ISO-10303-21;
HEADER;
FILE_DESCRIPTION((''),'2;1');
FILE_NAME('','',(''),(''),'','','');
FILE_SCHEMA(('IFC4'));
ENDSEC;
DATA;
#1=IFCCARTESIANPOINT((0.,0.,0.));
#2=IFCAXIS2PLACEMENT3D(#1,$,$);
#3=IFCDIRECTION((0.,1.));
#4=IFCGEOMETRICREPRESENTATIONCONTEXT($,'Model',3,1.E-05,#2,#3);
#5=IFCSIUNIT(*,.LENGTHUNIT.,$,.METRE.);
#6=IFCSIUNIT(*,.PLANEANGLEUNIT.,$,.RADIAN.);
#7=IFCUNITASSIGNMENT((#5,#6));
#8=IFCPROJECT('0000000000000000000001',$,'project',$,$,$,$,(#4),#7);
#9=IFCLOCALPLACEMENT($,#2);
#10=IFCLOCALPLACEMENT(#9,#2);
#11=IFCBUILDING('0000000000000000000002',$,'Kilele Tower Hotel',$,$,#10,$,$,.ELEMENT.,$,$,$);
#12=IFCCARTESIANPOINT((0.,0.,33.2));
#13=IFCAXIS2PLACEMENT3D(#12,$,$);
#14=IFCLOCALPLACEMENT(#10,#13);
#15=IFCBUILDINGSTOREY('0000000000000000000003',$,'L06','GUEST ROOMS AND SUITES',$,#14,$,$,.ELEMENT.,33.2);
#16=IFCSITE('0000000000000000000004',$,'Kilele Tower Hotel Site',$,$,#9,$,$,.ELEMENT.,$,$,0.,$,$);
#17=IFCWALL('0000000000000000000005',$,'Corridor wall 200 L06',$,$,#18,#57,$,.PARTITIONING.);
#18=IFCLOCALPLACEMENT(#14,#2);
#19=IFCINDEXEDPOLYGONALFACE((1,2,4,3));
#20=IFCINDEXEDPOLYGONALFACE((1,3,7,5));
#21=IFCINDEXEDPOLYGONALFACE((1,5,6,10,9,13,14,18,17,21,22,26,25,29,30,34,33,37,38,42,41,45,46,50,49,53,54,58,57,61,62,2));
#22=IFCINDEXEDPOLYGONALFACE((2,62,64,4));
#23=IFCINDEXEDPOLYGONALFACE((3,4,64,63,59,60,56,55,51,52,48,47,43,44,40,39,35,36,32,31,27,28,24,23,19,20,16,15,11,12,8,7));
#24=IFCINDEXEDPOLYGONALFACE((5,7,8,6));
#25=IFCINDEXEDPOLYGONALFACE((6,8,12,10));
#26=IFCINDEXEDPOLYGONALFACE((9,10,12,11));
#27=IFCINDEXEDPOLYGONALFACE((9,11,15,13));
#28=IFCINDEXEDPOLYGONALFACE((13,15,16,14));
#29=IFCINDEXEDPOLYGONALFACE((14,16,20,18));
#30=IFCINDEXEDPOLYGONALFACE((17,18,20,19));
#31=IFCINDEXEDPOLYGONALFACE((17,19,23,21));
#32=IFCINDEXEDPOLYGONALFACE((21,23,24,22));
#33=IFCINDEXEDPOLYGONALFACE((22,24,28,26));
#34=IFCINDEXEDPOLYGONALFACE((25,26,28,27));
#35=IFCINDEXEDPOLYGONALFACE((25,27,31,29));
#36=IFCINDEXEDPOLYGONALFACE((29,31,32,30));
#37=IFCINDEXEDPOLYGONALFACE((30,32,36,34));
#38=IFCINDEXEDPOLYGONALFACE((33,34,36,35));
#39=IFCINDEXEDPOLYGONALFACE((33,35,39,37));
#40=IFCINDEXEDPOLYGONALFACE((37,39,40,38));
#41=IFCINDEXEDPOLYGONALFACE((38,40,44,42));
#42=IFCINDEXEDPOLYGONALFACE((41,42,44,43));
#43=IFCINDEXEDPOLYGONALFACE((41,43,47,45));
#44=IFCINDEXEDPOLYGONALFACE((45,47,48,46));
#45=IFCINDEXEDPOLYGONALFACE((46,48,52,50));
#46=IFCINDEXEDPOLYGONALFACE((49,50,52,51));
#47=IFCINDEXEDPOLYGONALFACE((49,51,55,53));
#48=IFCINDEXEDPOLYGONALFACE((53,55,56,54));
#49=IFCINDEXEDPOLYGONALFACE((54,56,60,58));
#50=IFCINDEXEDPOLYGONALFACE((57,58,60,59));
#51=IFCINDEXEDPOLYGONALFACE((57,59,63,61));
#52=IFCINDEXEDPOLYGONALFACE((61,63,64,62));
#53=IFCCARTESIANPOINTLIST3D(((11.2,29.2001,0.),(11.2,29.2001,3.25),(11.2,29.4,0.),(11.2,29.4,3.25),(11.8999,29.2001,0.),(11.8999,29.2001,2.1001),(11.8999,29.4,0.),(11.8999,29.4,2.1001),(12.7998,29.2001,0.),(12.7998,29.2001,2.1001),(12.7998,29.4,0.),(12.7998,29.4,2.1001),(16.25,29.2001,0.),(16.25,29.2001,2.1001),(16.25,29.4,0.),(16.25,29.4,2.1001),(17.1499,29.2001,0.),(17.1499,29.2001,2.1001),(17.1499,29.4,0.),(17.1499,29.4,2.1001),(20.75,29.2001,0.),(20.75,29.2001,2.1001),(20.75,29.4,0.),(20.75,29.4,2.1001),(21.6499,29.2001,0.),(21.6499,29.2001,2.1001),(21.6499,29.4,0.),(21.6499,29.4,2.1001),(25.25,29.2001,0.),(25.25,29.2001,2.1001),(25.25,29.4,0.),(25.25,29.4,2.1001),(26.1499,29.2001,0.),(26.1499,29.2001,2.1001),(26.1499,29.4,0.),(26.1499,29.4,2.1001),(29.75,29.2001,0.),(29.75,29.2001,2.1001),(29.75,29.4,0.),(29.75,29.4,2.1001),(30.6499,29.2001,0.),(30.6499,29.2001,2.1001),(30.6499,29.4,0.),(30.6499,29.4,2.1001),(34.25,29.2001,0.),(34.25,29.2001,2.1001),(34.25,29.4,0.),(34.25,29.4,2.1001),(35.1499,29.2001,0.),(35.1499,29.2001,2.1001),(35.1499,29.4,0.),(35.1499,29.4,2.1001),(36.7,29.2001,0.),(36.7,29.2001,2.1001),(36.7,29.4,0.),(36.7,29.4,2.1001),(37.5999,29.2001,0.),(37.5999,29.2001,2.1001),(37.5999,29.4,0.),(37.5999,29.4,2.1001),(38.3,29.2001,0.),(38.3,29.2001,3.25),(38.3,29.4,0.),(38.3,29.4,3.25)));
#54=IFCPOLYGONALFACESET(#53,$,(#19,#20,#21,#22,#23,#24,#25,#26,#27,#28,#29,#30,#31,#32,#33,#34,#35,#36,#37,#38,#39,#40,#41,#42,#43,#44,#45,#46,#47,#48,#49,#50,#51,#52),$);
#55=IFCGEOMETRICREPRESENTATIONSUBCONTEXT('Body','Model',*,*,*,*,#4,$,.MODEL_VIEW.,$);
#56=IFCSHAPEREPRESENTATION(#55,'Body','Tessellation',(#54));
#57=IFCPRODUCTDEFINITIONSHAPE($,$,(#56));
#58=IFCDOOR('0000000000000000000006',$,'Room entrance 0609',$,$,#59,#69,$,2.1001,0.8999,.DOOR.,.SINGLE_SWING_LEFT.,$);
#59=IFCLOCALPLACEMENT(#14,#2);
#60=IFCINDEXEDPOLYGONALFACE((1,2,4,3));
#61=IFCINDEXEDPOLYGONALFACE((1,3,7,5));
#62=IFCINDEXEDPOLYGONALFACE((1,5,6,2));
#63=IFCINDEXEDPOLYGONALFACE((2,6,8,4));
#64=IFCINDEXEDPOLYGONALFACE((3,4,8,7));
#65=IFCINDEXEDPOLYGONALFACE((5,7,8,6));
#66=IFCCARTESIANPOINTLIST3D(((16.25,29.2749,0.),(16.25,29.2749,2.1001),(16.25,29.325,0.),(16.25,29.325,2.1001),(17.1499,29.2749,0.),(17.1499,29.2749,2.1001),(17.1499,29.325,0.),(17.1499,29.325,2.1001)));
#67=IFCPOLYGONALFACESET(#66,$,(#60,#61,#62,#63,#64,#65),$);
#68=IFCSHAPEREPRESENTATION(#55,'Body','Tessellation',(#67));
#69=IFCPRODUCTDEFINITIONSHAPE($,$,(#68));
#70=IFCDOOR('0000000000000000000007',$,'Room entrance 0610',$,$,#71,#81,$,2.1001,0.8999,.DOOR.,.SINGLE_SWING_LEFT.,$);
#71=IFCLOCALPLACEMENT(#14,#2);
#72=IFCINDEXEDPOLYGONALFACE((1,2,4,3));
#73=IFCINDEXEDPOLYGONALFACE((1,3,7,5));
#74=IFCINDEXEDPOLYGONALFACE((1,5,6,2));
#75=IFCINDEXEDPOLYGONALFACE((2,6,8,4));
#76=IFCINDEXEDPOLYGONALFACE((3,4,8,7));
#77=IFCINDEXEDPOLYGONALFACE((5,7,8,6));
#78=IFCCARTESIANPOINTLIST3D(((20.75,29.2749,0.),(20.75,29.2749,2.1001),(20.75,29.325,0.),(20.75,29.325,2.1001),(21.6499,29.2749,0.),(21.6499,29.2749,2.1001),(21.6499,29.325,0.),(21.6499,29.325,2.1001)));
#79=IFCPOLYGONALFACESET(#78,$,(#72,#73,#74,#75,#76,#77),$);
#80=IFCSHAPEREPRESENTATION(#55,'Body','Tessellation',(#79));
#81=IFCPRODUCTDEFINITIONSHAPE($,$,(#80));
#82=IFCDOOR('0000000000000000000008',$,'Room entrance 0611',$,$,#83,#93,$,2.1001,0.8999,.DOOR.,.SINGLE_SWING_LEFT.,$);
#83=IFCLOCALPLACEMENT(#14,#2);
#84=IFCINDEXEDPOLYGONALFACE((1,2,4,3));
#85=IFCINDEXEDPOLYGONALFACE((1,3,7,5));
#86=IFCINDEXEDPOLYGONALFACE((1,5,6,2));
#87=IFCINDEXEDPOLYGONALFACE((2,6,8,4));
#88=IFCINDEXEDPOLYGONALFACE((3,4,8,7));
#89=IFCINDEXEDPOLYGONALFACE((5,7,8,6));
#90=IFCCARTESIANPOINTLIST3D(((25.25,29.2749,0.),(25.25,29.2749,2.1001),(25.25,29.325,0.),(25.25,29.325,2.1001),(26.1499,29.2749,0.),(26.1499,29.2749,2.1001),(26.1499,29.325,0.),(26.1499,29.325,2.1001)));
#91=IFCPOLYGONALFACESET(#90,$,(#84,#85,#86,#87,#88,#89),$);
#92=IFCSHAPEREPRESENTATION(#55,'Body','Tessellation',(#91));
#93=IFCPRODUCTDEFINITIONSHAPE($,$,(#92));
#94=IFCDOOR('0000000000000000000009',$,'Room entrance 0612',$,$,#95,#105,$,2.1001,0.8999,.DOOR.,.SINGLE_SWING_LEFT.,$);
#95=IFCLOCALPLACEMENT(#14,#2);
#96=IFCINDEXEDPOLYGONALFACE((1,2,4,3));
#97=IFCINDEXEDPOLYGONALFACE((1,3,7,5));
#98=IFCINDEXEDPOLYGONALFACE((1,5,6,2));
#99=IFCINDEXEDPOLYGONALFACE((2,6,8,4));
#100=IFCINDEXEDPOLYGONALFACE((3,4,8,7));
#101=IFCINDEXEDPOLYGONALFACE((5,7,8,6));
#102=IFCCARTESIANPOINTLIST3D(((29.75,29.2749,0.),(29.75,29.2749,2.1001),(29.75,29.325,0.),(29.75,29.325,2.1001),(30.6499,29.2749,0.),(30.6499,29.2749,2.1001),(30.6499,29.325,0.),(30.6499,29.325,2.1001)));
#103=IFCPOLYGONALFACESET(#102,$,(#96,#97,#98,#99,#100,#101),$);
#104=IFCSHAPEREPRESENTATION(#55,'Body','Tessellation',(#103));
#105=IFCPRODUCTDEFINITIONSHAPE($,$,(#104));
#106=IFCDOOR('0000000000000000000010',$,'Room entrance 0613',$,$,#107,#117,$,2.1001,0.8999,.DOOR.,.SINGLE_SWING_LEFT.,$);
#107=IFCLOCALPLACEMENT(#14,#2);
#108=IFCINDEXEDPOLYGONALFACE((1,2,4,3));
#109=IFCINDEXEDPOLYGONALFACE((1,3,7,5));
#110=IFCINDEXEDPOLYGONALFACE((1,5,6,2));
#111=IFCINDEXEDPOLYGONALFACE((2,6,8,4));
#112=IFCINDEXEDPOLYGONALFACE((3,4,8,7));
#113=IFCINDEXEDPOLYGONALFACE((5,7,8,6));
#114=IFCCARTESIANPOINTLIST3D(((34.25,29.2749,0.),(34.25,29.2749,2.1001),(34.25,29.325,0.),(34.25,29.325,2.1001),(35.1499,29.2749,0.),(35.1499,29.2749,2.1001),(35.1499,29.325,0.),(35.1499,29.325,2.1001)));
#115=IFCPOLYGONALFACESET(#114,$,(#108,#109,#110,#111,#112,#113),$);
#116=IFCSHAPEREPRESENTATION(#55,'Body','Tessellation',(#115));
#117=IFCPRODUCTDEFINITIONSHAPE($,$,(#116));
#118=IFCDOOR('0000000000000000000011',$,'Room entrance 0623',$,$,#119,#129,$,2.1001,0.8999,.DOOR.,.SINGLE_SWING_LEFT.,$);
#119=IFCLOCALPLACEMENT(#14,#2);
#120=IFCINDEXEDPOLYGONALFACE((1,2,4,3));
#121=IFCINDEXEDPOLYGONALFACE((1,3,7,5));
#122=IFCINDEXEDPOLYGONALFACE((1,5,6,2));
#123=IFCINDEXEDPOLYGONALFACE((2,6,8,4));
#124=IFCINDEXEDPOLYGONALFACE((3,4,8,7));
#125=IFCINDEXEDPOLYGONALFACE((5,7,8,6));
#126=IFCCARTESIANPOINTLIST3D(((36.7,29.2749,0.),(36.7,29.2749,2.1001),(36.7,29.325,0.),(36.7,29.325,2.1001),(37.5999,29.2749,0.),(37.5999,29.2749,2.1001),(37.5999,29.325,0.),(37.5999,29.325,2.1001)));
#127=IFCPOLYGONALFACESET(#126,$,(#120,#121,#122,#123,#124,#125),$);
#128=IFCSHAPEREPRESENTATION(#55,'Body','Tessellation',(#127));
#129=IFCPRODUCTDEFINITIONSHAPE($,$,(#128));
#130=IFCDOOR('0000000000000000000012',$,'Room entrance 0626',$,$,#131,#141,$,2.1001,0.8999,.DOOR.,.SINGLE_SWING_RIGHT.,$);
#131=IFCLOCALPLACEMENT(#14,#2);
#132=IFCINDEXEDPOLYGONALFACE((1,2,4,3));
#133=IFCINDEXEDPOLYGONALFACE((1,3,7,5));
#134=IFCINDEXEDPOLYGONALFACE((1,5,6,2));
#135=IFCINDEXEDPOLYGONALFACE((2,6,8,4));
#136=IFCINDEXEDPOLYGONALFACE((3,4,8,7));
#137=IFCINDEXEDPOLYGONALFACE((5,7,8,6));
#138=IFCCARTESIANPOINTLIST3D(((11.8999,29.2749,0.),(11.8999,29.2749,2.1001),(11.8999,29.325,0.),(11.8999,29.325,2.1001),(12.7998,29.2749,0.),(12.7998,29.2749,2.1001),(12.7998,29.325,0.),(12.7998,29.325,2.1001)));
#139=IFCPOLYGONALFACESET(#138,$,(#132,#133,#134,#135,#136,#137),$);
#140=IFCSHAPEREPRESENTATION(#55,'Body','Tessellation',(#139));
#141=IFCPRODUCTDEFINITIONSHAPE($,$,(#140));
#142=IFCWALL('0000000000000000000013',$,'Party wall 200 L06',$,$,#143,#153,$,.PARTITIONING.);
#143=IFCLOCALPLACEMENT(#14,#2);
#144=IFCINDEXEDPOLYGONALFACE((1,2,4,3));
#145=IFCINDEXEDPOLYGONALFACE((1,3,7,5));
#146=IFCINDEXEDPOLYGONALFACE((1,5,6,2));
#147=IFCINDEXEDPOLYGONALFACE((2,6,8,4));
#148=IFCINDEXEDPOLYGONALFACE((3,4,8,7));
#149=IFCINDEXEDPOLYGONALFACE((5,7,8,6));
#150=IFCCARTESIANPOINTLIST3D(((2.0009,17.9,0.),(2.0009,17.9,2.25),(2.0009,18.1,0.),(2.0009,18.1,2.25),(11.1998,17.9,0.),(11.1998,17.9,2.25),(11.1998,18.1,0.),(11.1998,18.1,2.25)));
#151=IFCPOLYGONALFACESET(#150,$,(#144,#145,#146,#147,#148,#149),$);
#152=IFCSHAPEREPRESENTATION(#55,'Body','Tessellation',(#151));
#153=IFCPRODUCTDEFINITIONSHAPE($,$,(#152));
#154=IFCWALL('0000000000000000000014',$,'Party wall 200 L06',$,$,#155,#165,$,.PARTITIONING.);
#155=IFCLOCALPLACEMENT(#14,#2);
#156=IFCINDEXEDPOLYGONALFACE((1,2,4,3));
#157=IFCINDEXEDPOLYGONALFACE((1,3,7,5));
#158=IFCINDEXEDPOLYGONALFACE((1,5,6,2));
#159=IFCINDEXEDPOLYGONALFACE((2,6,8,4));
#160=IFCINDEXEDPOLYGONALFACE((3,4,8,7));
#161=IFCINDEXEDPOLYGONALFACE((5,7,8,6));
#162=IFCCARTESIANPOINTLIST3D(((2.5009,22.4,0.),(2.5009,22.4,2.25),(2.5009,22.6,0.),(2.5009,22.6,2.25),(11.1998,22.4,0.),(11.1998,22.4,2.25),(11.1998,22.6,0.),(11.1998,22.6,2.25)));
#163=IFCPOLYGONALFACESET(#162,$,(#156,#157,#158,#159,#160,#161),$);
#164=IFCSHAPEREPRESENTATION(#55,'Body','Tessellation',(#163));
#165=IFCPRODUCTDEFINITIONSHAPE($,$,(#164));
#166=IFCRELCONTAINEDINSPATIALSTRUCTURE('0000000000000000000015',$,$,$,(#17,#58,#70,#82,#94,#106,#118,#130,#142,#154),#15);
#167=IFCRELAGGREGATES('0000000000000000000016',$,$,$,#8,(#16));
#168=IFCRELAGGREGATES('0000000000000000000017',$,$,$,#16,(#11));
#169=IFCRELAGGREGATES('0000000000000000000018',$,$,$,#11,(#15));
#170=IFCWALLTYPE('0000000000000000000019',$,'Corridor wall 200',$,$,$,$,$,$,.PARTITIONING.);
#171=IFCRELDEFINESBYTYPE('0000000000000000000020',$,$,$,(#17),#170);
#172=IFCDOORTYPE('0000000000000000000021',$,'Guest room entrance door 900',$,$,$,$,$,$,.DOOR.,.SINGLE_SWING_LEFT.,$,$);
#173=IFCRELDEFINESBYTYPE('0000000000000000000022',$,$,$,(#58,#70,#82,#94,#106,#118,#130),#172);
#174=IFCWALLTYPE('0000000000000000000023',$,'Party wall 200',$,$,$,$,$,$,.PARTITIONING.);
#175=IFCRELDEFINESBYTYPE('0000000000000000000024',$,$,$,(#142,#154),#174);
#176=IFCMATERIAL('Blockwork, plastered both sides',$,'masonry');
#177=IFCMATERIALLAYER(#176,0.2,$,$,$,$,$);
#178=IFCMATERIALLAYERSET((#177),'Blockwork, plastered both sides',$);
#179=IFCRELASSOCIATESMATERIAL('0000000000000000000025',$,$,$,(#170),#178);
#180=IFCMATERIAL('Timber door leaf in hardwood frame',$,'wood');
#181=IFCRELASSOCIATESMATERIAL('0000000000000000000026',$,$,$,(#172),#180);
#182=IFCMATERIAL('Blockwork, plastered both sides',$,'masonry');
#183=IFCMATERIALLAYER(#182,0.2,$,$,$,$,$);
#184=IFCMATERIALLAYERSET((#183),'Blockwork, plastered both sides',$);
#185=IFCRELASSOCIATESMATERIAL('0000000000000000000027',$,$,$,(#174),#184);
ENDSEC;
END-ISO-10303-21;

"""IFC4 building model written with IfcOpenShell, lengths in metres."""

from ifc_helpers import new_model, si_unit, direction, frame, frame_2d, origin, place, context, subcontext, project, spatial, rectangle, extrude, material, layer, layer_set, type_object, element, fill, save


model = new_model("IFC4")

# Units and contexts
model_context = context("Model", 3, precision=1e-05, world=origin(), true_north=direction((0.0, 1.0)))
body_context = subcontext(model_context, "Body", "Model", "MODEL_VIEW")
ifc_project = project(units=[si_unit("LENGTHUNIT", "METRE"), si_unit("PLANEANGLEUNIT", "RADIAN")], contexts=[model_context])

# Site, building, storey
site_placement = place(None, origin())
site = spatial("IfcSite", under=ifc_project, at=site_placement, Name="Kilele Tower Hotel Site", CompositionType="ELEMENT", RefElevation=0.0)
building_placement = place(site_placement, origin())
building = spatial("IfcBuilding", under=site, at=building_placement, Name="Kilele Tower Hotel", CompositionType="ELEMENT")
storey_placement = place(building_placement, frame((0.0, 0.0, 33.2)))
storey = spatial("IfcBuildingStorey", under=building, at=storey_placement, Name="L06", Description="GUEST ROOMS AND SUITES", CompositionType="ELEMENT", Elevation=33.2)

# Wall, openings, doors
ifc_material_1 = material(Name="Blockwork, plastered both sides", Category="masonry")
ifc_layer_1 = layer(ifc_material_1, 0.2)
ifc_layer_set_1 = layer_set([ifc_layer_1], Name="Blockwork, plastered both sides")
wall_type_1 = type_object("IfcWallType", Name="Corridor wall 200", PredefinedType="PARTITIONING", material=ifc_layer_set_1)
wall_1_placement = place(storey_placement, frame((11.2, 29.3, 0.0), z_axis=(0.0, 0.0, 1.0), x_axis=(1.0, 0.0, 0.0)))
wall_1 = element("IfcWall", 1, at=wall_1_placement, inside=storey, type_object=wall_type_1, Name="Corridor wall 200 L06", PredefinedType="PARTITIONING", context=body_context, shape_type="SweptSolid", body=[
    extrude(rectangle(XDim=27.1001, YDim=0.2, at=frame_2d((13.55, 0.0))), origin(), (0.0, 0.0, 1.0), 3.25),
])
opening_1_placement = place(wall_1_placement, frame((5.05, 0.0, 0.0)))
opening_1 = element("IfcOpeningElement", 2, at=opening_1_placement, cuts=wall_1, PredefinedType="OPENING", context=body_context, shape_type="SweptSolid", body=[
    extrude(rectangle(XDim=0.8999, YDim=2.1001, at=frame_2d((0.45, 1.05))), frame((0.0, 0.1099, 0.0), z_axis=(0.0, -1.0, 0.0), x_axis=(1.0, 0.0, 0.0)), (0.0, 0.0, 1.0), 0.22),
])
opening_2_placement = place(wall_1_placement, frame((9.55, 0.0, 0.0)))
opening_2 = element("IfcOpeningElement", 3, at=opening_2_placement, cuts=wall_1, PredefinedType="OPENING", context=body_context, shape_type="SweptSolid", body=[
    extrude(rectangle(XDim=0.8999, YDim=2.1001, at=frame_2d((0.45, 1.05))), frame((0.0, 0.1099, 0.0), z_axis=(0.0, -1.0, 0.0), x_axis=(1.0, 0.0, 0.0)), (0.0, 0.0, 1.0), 0.22),
])
opening_3_placement = place(wall_1_placement, frame((14.05, 0.0, 0.0)))
opening_3 = element("IfcOpeningElement", 4, at=opening_3_placement, cuts=wall_1, PredefinedType="OPENING", context=body_context, shape_type="SweptSolid", body=[
    extrude(rectangle(XDim=0.8999, YDim=2.1001, at=frame_2d((0.45, 1.05))), frame((0.0, 0.1099, 0.0), z_axis=(0.0, -1.0, 0.0), x_axis=(1.0, 0.0, 0.0)), (0.0, 0.0, 1.0), 0.22),
])
opening_4_placement = place(wall_1_placement, frame((18.55, 0.0, 0.0)))
opening_4 = element("IfcOpeningElement", 5, at=opening_4_placement, cuts=wall_1, PredefinedType="OPENING", context=body_context, shape_type="SweptSolid", body=[
    extrude(rectangle(XDim=0.8999, YDim=2.1001, at=frame_2d((0.45, 1.05))), frame((0.0, 0.1099, 0.0), z_axis=(0.0, -1.0, 0.0), x_axis=(1.0, 0.0, 0.0)), (0.0, 0.0, 1.0), 0.22),
])
opening_5_placement = place(wall_1_placement, frame((23.05, 0.0, 0.0)))
opening_5 = element("IfcOpeningElement", 6, at=opening_5_placement, cuts=wall_1, PredefinedType="OPENING", context=body_context, shape_type="SweptSolid", body=[
    extrude(rectangle(XDim=0.8999, YDim=2.1001, at=frame_2d((0.45, 1.05))), frame((0.0, 0.1099, 0.0), z_axis=(0.0, -1.0, 0.0), x_axis=(1.0, 0.0, 0.0)), (0.0, 0.0, 1.0), 0.22),
])
opening_6_placement = place(wall_1_placement, frame((25.5, 0.0, 0.0)))
opening_6 = element("IfcOpeningElement", 7, at=opening_6_placement, cuts=wall_1, PredefinedType="OPENING", context=body_context, shape_type="SweptSolid", body=[
    extrude(rectangle(XDim=0.8999, YDim=2.1001, at=frame_2d((0.45, 1.05))), frame((0.0, 0.1099, 0.0), z_axis=(0.0, -1.0, 0.0), x_axis=(1.0, 0.0, 0.0)), (0.0, 0.0, 1.0), 0.22),
])
opening_7_placement = place(wall_1_placement, frame((0.7, 0.0, 0.0)))
opening_7 = element("IfcOpeningElement", 8, at=opening_7_placement, cuts=wall_1, PredefinedType="OPENING", context=body_context, shape_type="SweptSolid", body=[
    extrude(rectangle(XDim=0.8999, YDim=2.1001, at=frame_2d((0.45, 1.05))), frame((0.0, 0.1099, 0.0), z_axis=(0.0, -1.0, 0.0), x_axis=(1.0, 0.0, 0.0)), (0.0, 0.0, 1.0), 0.22),
])
ifc_material_2 = material(Name="Timber door leaf in hardwood frame", Category="wood")
door_type_1 = type_object("IfcDoorType", Name="Guest room entrance door 900", OperationType="SINGLE_SWING_LEFT", PredefinedType="DOOR", material=ifc_material_2)
door_1_placement = place(opening_1_placement, origin())
door_1 = element("IfcDoor", 9, at=door_1_placement, inside=storey, type_object=door_type_1, Name="Room entrance 0609", OperationType="SINGLE_SWING_LEFT", OverallHeight=2.1001, OverallWidth=0.8999, PredefinedType="DOOR", context=body_context, shape_type="SweptSolid", body=[
    extrude(rectangle(XDim=0.8999, YDim=2.1001, at=frame_2d((0.45, 1.05))), frame((0.0, 0.0249, 0.0), z_axis=(0.0, -1.0, 0.0), x_axis=(1.0, 0.0, 0.0)), (0.0, 0.0, 1.0), 0.05),
])
fill(opening_1, door_1)
door_2_placement = place(opening_2_placement, origin())
door_2 = element("IfcDoor", 10, at=door_2_placement, inside=storey, type_object=door_type_1, Name="Room entrance 0610", OperationType="SINGLE_SWING_LEFT", OverallHeight=2.1001, OverallWidth=0.8999, PredefinedType="DOOR", context=body_context, shape_type="SweptSolid", body=[
    extrude(rectangle(XDim=0.8999, YDim=2.1001, at=frame_2d((0.45, 1.05))), frame((0.0, 0.0249, 0.0), z_axis=(0.0, -1.0, 0.0), x_axis=(1.0, 0.0, 0.0)), (0.0, 0.0, 1.0), 0.05),
])
fill(opening_2, door_2)
door_3_placement = place(opening_3_placement, origin())
door_3 = element("IfcDoor", 11, at=door_3_placement, inside=storey, type_object=door_type_1, Name="Room entrance 0611", OperationType="SINGLE_SWING_LEFT", OverallHeight=2.1001, OverallWidth=0.8999, PredefinedType="DOOR", context=body_context, shape_type="SweptSolid", body=[
    extrude(rectangle(XDim=0.8999, YDim=2.1001, at=frame_2d((0.45, 1.05))), frame((0.0, 0.0249, 0.0), z_axis=(0.0, -1.0, 0.0), x_axis=(1.0, 0.0, 0.0)), (0.0, 0.0, 1.0), 0.05),
])
fill(opening_3, door_3)
door_4_placement = place(opening_4_placement, origin())
door_4 = element("IfcDoor", 12, at=door_4_placement, inside=storey, type_object=door_type_1, Name="Room entrance 0612", OperationType="SINGLE_SWING_LEFT", OverallHeight=2.1001, OverallWidth=0.8999, PredefinedType="DOOR", context=body_context, shape_type="SweptSolid", body=[
    extrude(rectangle(XDim=0.8999, YDim=2.1001, at=frame_2d((0.45, 1.05))), frame((0.0, 0.0249, 0.0), z_axis=(0.0, -1.0, 0.0), x_axis=(1.0, 0.0, 0.0)), (0.0, 0.0, 1.0), 0.05),
])
fill(opening_4, door_4)
door_5_placement = place(opening_5_placement, origin())
door_5 = element("IfcDoor", 13, at=door_5_placement, inside=storey, type_object=door_type_1, Name="Room entrance 0613", OperationType="SINGLE_SWING_LEFT", OverallHeight=2.1001, OverallWidth=0.8999, PredefinedType="DOOR", context=body_context, shape_type="SweptSolid", body=[
    extrude(rectangle(XDim=0.8999, YDim=2.1001, at=frame_2d((0.45, 1.05))), frame((0.0, 0.0249, 0.0), z_axis=(0.0, -1.0, 0.0), x_axis=(1.0, 0.0, 0.0)), (0.0, 0.0, 1.0), 0.05),
])
fill(opening_5, door_5)
door_6_placement = place(opening_6_placement, origin())
door_6 = element("IfcDoor", 14, at=door_6_placement, inside=storey, type_object=door_type_1, Name="Room entrance 0623", OperationType="SINGLE_SWING_LEFT", OverallHeight=2.1001, OverallWidth=0.8999, PredefinedType="DOOR", context=body_context, shape_type="SweptSolid", body=[
    extrude(rectangle(XDim=0.8999, YDim=2.1001, at=frame_2d((0.45, 1.05))), frame((0.0, 0.0249, 0.0), z_axis=(0.0, -1.0, 0.0), x_axis=(1.0, 0.0, 0.0)), (0.0, 0.0, 1.0), 0.05),
])
fill(opening_6, door_6)
door_7_placement = place(opening_7_placement, origin())
door_7 = element("IfcDoor", 15, at=door_7_placement, inside=storey, type_object=door_type_1, Name="Room entrance 0626", OperationType="SINGLE_SWING_RIGHT", OverallHeight=2.1001, OverallWidth=0.8999, PredefinedType="DOOR", context=body_context, shape_type="SweptSolid", body=[
    extrude(rectangle(XDim=0.8999, YDim=2.1001, at=frame_2d((0.45, 1.05))), frame((0.0, 0.0249, 0.0), z_axis=(0.0, -1.0, 0.0), x_axis=(1.0, 0.0, 0.0)), (0.0, 0.0, 1.0), 0.05),
])
fill(opening_7, door_7)

# Walls
ifc_material_3 = material(Name="Blockwork, plastered both sides", Category="masonry")
ifc_layer_2 = layer(ifc_material_3, 0.2)
ifc_layer_set_2 = layer_set([ifc_layer_2], Name="Blockwork, plastered both sides")
wall_type_2 = type_object("IfcWallType", Name="Party wall 200", PredefinedType="PARTITIONING", material=ifc_layer_set_2)
wall_2_placement = place(storey_placement, frame((11.2, 18.0, 0.0), z_axis=(0.0, 0.0, 1.0), x_axis=(-1.0, 0.0, 0.0)))
element("IfcWall", 16, at=wall_2_placement, inside=storey, type_object=wall_type_2, Name="Party wall 200 L06", PredefinedType="PARTITIONING", context=body_context, shape_type="SweptSolid", body=[
    extrude(rectangle(XDim=9.199, YDim=0.2, at=frame_2d((4.5996, 0.0))), origin(), (0.0, 0.0, 1.0), 2.25),
])
wall_3_placement = place(storey_placement, frame((11.2, 22.5, 0.0), z_axis=(0.0, 0.0, 1.0), x_axis=(-1.0, 0.0, 0.0)))
element("IfcWall", 17, at=wall_3_placement, inside=storey, type_object=wall_type_2, Name="Party wall 200 L06", PredefinedType="PARTITIONING", context=body_context, shape_type="SweptSolid", body=[
    extrude(rectangle(XDim=8.699, YDim=0.2, at=frame_2d((4.3496, 0.0))), origin(), (0.0, 0.0, 1.0), 2.25),
])

save(model, "model.ifc")
